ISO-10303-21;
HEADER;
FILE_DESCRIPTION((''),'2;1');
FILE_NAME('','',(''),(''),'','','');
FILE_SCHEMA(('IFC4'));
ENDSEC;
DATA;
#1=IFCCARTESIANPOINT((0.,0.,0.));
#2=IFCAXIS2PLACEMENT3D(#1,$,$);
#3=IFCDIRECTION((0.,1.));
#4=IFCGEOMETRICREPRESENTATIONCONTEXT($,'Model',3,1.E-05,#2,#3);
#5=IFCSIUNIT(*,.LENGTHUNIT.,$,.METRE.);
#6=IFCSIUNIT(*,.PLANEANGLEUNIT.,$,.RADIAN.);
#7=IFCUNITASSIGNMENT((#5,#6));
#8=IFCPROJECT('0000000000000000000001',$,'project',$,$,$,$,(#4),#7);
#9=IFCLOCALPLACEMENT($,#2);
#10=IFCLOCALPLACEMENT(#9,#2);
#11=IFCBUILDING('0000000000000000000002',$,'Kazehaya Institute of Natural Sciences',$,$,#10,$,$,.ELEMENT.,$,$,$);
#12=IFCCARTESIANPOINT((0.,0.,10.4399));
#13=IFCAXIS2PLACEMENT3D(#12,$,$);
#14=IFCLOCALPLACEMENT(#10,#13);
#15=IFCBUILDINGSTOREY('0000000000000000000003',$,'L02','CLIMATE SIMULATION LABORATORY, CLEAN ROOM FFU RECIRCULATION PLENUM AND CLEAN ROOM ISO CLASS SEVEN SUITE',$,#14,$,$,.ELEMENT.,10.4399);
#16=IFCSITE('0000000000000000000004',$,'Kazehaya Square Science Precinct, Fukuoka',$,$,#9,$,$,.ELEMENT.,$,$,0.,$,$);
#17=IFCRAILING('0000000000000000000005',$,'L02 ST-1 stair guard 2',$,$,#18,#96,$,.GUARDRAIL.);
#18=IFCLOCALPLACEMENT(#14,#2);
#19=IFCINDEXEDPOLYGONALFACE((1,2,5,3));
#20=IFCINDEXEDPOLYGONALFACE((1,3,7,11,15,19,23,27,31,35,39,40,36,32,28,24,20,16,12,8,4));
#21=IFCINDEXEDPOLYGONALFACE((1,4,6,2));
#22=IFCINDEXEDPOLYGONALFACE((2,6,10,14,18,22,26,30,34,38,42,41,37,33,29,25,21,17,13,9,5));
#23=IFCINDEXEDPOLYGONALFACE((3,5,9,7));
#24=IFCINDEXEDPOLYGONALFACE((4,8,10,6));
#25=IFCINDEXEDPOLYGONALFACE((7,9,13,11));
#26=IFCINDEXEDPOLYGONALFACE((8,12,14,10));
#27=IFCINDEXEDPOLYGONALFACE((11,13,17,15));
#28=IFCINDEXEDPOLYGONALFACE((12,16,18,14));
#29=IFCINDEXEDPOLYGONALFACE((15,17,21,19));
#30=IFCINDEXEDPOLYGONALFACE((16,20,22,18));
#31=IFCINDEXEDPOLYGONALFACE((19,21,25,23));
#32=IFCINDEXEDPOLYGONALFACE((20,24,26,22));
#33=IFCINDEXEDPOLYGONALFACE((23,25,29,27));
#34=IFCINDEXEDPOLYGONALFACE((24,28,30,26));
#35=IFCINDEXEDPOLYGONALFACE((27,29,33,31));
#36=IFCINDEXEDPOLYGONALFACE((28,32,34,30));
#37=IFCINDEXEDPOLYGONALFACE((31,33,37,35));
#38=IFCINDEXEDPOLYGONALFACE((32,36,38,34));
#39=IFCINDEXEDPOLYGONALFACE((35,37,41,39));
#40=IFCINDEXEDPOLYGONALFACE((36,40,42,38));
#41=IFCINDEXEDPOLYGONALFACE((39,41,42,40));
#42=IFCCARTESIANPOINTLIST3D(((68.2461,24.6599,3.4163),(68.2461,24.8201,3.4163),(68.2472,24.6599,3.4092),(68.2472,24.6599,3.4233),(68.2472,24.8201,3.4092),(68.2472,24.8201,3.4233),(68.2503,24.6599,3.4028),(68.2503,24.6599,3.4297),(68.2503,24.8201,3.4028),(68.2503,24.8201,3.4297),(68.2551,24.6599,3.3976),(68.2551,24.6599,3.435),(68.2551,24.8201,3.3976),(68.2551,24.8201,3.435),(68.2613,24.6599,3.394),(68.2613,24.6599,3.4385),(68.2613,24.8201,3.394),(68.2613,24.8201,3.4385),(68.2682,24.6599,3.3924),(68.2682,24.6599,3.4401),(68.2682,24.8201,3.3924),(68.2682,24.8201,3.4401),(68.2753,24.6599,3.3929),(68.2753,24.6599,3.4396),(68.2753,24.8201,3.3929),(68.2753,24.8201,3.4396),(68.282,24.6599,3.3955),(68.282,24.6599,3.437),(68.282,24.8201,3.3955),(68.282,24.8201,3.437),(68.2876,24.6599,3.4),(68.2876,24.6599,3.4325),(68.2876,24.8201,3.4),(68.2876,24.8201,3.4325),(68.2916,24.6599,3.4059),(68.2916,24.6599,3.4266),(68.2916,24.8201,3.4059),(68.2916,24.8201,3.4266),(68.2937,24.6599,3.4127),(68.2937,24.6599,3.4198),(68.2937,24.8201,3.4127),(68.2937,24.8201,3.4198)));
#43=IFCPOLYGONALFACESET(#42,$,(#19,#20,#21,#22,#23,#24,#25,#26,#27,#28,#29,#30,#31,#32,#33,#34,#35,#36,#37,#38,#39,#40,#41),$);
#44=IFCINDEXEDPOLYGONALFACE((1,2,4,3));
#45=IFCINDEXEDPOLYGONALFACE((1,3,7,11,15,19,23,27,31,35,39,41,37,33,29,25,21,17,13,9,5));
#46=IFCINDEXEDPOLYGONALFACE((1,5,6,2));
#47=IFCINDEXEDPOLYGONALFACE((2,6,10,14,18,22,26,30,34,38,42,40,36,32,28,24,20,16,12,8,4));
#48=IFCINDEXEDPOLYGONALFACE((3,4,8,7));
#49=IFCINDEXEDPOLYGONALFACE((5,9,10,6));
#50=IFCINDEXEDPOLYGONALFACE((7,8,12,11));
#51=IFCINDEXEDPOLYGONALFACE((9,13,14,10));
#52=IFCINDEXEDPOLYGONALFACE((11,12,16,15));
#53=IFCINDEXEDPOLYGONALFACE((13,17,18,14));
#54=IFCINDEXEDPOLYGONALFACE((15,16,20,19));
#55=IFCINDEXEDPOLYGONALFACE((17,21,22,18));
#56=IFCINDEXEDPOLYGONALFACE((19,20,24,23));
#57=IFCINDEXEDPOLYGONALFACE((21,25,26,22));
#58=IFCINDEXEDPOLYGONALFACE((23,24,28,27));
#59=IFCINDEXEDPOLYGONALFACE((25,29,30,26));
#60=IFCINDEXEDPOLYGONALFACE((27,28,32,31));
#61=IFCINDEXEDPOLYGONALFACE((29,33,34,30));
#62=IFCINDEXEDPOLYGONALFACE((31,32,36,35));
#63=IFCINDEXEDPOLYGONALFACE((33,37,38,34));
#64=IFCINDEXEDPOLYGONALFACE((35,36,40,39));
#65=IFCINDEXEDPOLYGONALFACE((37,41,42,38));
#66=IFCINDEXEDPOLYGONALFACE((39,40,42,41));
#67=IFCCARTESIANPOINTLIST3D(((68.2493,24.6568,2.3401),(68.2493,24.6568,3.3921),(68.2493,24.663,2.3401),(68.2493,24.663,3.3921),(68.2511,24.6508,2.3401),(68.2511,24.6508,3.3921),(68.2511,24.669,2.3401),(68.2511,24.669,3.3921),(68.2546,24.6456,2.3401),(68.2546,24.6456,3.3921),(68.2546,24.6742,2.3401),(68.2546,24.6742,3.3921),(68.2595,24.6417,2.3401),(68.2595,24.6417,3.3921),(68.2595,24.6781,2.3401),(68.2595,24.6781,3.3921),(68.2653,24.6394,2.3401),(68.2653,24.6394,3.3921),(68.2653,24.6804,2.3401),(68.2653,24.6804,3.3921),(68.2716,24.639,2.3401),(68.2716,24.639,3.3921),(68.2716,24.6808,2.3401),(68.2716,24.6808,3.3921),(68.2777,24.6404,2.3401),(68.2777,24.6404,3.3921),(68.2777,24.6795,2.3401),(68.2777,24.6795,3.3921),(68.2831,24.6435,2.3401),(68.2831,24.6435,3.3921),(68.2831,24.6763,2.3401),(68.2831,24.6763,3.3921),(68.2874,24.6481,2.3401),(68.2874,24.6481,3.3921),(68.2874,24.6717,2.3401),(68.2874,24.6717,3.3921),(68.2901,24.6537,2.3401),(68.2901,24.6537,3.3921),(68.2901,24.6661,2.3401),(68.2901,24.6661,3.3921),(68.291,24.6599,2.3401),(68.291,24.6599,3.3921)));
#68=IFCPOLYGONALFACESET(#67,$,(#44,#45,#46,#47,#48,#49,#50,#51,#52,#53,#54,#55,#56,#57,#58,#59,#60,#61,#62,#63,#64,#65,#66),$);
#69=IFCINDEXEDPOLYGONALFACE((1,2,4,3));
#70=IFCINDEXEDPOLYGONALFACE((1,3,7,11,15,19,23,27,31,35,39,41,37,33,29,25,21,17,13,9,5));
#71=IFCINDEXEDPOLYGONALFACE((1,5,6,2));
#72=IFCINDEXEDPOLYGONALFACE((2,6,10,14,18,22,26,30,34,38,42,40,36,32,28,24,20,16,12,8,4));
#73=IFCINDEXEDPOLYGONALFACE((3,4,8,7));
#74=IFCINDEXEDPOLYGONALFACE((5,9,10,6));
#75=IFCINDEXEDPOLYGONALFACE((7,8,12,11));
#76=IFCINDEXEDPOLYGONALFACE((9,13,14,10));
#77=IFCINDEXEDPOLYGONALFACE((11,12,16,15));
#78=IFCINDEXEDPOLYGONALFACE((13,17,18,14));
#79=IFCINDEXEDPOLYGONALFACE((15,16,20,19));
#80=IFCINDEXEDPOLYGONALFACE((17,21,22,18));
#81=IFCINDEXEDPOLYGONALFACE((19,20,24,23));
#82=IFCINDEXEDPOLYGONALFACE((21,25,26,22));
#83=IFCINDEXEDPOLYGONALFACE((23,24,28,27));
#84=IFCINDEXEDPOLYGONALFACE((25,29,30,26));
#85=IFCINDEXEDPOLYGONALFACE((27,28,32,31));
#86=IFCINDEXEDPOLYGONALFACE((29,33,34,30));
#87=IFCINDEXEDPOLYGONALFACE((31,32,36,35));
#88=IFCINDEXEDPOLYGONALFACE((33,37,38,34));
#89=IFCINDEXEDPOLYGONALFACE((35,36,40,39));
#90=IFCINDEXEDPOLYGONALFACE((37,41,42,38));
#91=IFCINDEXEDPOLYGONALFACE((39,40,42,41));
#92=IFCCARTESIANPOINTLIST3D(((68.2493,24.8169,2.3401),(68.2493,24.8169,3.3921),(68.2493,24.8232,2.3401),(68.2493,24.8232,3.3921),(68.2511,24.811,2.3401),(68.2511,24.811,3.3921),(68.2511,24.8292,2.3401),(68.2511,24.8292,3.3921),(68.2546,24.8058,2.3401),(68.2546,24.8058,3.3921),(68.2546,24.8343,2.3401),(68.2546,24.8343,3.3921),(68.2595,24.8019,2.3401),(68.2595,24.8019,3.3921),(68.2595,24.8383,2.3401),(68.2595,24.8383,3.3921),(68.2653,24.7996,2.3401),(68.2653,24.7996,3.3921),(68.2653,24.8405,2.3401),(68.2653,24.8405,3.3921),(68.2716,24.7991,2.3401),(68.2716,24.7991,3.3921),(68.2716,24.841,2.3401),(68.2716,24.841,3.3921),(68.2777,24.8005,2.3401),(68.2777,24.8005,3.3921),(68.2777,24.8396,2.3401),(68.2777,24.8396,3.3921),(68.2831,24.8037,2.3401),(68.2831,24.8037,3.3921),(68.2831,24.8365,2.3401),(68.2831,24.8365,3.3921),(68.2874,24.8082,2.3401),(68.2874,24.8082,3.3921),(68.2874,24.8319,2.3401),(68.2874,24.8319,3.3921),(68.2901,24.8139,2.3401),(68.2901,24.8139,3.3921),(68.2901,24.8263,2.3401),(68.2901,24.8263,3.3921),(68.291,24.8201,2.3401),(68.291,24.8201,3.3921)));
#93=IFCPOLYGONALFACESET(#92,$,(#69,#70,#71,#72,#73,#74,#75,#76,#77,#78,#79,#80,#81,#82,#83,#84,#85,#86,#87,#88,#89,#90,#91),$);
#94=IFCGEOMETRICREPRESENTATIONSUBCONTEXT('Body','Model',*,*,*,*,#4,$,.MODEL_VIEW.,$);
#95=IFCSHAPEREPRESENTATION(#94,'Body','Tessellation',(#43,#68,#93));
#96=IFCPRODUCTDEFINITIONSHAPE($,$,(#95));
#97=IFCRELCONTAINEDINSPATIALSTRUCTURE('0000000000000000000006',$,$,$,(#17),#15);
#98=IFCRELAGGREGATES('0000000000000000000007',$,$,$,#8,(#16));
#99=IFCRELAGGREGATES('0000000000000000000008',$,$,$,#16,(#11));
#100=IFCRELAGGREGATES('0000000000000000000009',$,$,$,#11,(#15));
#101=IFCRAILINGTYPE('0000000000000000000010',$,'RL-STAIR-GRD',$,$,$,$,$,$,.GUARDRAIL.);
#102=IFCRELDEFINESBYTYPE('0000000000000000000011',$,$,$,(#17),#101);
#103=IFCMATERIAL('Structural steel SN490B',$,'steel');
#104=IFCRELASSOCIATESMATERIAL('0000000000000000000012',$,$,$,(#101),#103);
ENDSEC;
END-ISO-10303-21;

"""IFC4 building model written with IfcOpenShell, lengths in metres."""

from ifc_helpers import new_model, si_unit, direction, frame, origin, origin_2d, place, context, subcontext, project, spatial, circle, extrude, material, type_object, element, save


model = new_model("IFC4")

# Units and contexts
model_context = context("Model", 3, precision=1e-05, world=origin(), true_north=direction((0.0, 1.0)))
body_context = subcontext(model_context, "Body", "Model", "MODEL_VIEW")
ifc_project = project(units=[si_unit("LENGTHUNIT", "METRE"), si_unit("PLANEANGLEUNIT", "RADIAN")], contexts=[model_context])

# Site, building, storey
site_placement = place(None, origin())
site = spatial("IfcSite", under=ifc_project, at=site_placement, Name="Kazehaya Square Science Precinct, Fukuoka", CompositionType="ELEMENT", RefElevation=0.0)
building_placement = place(site_placement, origin())
building = spatial("IfcBuilding", under=site, at=building_placement, Name="Kazehaya Institute of Natural Sciences", CompositionType="ELEMENT")
storey_placement = place(building_placement, frame((0.0, 0.0, 10.4399)))
storey = spatial("IfcBuildingStorey", under=building, at=storey_placement, Name="L02", Description="CLIMATE SIMULATION LABORATORY, CLEAN ROOM FFU RECIRCULATION PLENUM AND CLEAN ROOM ISO CLASS SEVEN SUITE", CompositionType="ELEMENT", Elevation=10.4399)

# Railing
ifc_material_1 = material(Name="Structural steel SN490B", Category="steel")
railing_type_1 = type_object("IfcRailingType", Name="RL-STAIR-GRD", PredefinedType="GUARDRAIL", material=ifc_material_1)
railing_1_placement = place(storey_placement, frame((68.27, 24.6599, 2.3401)))
element("IfcRailing", 1, at=railing_1_placement, inside=storey, type_object=railing_type_1, Name="L02 ST-1 stair guard 2", PredefinedType="GUARDRAIL", context=body_context, shape_type="SweptSolid", body=[
    extrude(circle(Radius=0.0239, at=origin_2d()), frame((0.0, 0.0, 1.0762), z_axis=(0.0, 1.0, 0.0), x_axis=(-1.0, 0.0, 0.0)), (0.0, 0.0, 1.0), 0.1602),
    extrude(circle(Radius=0.021, at=origin_2d()), origin(), (0.0, 0.0, 1.0), 1.052),
    extrude(circle(Radius=0.021, at=origin_2d()), frame((0.0, 0.1602, 0.0)), (0.0, 0.0, 1.0), 1.052),
])

save(model, "model.ifc")
